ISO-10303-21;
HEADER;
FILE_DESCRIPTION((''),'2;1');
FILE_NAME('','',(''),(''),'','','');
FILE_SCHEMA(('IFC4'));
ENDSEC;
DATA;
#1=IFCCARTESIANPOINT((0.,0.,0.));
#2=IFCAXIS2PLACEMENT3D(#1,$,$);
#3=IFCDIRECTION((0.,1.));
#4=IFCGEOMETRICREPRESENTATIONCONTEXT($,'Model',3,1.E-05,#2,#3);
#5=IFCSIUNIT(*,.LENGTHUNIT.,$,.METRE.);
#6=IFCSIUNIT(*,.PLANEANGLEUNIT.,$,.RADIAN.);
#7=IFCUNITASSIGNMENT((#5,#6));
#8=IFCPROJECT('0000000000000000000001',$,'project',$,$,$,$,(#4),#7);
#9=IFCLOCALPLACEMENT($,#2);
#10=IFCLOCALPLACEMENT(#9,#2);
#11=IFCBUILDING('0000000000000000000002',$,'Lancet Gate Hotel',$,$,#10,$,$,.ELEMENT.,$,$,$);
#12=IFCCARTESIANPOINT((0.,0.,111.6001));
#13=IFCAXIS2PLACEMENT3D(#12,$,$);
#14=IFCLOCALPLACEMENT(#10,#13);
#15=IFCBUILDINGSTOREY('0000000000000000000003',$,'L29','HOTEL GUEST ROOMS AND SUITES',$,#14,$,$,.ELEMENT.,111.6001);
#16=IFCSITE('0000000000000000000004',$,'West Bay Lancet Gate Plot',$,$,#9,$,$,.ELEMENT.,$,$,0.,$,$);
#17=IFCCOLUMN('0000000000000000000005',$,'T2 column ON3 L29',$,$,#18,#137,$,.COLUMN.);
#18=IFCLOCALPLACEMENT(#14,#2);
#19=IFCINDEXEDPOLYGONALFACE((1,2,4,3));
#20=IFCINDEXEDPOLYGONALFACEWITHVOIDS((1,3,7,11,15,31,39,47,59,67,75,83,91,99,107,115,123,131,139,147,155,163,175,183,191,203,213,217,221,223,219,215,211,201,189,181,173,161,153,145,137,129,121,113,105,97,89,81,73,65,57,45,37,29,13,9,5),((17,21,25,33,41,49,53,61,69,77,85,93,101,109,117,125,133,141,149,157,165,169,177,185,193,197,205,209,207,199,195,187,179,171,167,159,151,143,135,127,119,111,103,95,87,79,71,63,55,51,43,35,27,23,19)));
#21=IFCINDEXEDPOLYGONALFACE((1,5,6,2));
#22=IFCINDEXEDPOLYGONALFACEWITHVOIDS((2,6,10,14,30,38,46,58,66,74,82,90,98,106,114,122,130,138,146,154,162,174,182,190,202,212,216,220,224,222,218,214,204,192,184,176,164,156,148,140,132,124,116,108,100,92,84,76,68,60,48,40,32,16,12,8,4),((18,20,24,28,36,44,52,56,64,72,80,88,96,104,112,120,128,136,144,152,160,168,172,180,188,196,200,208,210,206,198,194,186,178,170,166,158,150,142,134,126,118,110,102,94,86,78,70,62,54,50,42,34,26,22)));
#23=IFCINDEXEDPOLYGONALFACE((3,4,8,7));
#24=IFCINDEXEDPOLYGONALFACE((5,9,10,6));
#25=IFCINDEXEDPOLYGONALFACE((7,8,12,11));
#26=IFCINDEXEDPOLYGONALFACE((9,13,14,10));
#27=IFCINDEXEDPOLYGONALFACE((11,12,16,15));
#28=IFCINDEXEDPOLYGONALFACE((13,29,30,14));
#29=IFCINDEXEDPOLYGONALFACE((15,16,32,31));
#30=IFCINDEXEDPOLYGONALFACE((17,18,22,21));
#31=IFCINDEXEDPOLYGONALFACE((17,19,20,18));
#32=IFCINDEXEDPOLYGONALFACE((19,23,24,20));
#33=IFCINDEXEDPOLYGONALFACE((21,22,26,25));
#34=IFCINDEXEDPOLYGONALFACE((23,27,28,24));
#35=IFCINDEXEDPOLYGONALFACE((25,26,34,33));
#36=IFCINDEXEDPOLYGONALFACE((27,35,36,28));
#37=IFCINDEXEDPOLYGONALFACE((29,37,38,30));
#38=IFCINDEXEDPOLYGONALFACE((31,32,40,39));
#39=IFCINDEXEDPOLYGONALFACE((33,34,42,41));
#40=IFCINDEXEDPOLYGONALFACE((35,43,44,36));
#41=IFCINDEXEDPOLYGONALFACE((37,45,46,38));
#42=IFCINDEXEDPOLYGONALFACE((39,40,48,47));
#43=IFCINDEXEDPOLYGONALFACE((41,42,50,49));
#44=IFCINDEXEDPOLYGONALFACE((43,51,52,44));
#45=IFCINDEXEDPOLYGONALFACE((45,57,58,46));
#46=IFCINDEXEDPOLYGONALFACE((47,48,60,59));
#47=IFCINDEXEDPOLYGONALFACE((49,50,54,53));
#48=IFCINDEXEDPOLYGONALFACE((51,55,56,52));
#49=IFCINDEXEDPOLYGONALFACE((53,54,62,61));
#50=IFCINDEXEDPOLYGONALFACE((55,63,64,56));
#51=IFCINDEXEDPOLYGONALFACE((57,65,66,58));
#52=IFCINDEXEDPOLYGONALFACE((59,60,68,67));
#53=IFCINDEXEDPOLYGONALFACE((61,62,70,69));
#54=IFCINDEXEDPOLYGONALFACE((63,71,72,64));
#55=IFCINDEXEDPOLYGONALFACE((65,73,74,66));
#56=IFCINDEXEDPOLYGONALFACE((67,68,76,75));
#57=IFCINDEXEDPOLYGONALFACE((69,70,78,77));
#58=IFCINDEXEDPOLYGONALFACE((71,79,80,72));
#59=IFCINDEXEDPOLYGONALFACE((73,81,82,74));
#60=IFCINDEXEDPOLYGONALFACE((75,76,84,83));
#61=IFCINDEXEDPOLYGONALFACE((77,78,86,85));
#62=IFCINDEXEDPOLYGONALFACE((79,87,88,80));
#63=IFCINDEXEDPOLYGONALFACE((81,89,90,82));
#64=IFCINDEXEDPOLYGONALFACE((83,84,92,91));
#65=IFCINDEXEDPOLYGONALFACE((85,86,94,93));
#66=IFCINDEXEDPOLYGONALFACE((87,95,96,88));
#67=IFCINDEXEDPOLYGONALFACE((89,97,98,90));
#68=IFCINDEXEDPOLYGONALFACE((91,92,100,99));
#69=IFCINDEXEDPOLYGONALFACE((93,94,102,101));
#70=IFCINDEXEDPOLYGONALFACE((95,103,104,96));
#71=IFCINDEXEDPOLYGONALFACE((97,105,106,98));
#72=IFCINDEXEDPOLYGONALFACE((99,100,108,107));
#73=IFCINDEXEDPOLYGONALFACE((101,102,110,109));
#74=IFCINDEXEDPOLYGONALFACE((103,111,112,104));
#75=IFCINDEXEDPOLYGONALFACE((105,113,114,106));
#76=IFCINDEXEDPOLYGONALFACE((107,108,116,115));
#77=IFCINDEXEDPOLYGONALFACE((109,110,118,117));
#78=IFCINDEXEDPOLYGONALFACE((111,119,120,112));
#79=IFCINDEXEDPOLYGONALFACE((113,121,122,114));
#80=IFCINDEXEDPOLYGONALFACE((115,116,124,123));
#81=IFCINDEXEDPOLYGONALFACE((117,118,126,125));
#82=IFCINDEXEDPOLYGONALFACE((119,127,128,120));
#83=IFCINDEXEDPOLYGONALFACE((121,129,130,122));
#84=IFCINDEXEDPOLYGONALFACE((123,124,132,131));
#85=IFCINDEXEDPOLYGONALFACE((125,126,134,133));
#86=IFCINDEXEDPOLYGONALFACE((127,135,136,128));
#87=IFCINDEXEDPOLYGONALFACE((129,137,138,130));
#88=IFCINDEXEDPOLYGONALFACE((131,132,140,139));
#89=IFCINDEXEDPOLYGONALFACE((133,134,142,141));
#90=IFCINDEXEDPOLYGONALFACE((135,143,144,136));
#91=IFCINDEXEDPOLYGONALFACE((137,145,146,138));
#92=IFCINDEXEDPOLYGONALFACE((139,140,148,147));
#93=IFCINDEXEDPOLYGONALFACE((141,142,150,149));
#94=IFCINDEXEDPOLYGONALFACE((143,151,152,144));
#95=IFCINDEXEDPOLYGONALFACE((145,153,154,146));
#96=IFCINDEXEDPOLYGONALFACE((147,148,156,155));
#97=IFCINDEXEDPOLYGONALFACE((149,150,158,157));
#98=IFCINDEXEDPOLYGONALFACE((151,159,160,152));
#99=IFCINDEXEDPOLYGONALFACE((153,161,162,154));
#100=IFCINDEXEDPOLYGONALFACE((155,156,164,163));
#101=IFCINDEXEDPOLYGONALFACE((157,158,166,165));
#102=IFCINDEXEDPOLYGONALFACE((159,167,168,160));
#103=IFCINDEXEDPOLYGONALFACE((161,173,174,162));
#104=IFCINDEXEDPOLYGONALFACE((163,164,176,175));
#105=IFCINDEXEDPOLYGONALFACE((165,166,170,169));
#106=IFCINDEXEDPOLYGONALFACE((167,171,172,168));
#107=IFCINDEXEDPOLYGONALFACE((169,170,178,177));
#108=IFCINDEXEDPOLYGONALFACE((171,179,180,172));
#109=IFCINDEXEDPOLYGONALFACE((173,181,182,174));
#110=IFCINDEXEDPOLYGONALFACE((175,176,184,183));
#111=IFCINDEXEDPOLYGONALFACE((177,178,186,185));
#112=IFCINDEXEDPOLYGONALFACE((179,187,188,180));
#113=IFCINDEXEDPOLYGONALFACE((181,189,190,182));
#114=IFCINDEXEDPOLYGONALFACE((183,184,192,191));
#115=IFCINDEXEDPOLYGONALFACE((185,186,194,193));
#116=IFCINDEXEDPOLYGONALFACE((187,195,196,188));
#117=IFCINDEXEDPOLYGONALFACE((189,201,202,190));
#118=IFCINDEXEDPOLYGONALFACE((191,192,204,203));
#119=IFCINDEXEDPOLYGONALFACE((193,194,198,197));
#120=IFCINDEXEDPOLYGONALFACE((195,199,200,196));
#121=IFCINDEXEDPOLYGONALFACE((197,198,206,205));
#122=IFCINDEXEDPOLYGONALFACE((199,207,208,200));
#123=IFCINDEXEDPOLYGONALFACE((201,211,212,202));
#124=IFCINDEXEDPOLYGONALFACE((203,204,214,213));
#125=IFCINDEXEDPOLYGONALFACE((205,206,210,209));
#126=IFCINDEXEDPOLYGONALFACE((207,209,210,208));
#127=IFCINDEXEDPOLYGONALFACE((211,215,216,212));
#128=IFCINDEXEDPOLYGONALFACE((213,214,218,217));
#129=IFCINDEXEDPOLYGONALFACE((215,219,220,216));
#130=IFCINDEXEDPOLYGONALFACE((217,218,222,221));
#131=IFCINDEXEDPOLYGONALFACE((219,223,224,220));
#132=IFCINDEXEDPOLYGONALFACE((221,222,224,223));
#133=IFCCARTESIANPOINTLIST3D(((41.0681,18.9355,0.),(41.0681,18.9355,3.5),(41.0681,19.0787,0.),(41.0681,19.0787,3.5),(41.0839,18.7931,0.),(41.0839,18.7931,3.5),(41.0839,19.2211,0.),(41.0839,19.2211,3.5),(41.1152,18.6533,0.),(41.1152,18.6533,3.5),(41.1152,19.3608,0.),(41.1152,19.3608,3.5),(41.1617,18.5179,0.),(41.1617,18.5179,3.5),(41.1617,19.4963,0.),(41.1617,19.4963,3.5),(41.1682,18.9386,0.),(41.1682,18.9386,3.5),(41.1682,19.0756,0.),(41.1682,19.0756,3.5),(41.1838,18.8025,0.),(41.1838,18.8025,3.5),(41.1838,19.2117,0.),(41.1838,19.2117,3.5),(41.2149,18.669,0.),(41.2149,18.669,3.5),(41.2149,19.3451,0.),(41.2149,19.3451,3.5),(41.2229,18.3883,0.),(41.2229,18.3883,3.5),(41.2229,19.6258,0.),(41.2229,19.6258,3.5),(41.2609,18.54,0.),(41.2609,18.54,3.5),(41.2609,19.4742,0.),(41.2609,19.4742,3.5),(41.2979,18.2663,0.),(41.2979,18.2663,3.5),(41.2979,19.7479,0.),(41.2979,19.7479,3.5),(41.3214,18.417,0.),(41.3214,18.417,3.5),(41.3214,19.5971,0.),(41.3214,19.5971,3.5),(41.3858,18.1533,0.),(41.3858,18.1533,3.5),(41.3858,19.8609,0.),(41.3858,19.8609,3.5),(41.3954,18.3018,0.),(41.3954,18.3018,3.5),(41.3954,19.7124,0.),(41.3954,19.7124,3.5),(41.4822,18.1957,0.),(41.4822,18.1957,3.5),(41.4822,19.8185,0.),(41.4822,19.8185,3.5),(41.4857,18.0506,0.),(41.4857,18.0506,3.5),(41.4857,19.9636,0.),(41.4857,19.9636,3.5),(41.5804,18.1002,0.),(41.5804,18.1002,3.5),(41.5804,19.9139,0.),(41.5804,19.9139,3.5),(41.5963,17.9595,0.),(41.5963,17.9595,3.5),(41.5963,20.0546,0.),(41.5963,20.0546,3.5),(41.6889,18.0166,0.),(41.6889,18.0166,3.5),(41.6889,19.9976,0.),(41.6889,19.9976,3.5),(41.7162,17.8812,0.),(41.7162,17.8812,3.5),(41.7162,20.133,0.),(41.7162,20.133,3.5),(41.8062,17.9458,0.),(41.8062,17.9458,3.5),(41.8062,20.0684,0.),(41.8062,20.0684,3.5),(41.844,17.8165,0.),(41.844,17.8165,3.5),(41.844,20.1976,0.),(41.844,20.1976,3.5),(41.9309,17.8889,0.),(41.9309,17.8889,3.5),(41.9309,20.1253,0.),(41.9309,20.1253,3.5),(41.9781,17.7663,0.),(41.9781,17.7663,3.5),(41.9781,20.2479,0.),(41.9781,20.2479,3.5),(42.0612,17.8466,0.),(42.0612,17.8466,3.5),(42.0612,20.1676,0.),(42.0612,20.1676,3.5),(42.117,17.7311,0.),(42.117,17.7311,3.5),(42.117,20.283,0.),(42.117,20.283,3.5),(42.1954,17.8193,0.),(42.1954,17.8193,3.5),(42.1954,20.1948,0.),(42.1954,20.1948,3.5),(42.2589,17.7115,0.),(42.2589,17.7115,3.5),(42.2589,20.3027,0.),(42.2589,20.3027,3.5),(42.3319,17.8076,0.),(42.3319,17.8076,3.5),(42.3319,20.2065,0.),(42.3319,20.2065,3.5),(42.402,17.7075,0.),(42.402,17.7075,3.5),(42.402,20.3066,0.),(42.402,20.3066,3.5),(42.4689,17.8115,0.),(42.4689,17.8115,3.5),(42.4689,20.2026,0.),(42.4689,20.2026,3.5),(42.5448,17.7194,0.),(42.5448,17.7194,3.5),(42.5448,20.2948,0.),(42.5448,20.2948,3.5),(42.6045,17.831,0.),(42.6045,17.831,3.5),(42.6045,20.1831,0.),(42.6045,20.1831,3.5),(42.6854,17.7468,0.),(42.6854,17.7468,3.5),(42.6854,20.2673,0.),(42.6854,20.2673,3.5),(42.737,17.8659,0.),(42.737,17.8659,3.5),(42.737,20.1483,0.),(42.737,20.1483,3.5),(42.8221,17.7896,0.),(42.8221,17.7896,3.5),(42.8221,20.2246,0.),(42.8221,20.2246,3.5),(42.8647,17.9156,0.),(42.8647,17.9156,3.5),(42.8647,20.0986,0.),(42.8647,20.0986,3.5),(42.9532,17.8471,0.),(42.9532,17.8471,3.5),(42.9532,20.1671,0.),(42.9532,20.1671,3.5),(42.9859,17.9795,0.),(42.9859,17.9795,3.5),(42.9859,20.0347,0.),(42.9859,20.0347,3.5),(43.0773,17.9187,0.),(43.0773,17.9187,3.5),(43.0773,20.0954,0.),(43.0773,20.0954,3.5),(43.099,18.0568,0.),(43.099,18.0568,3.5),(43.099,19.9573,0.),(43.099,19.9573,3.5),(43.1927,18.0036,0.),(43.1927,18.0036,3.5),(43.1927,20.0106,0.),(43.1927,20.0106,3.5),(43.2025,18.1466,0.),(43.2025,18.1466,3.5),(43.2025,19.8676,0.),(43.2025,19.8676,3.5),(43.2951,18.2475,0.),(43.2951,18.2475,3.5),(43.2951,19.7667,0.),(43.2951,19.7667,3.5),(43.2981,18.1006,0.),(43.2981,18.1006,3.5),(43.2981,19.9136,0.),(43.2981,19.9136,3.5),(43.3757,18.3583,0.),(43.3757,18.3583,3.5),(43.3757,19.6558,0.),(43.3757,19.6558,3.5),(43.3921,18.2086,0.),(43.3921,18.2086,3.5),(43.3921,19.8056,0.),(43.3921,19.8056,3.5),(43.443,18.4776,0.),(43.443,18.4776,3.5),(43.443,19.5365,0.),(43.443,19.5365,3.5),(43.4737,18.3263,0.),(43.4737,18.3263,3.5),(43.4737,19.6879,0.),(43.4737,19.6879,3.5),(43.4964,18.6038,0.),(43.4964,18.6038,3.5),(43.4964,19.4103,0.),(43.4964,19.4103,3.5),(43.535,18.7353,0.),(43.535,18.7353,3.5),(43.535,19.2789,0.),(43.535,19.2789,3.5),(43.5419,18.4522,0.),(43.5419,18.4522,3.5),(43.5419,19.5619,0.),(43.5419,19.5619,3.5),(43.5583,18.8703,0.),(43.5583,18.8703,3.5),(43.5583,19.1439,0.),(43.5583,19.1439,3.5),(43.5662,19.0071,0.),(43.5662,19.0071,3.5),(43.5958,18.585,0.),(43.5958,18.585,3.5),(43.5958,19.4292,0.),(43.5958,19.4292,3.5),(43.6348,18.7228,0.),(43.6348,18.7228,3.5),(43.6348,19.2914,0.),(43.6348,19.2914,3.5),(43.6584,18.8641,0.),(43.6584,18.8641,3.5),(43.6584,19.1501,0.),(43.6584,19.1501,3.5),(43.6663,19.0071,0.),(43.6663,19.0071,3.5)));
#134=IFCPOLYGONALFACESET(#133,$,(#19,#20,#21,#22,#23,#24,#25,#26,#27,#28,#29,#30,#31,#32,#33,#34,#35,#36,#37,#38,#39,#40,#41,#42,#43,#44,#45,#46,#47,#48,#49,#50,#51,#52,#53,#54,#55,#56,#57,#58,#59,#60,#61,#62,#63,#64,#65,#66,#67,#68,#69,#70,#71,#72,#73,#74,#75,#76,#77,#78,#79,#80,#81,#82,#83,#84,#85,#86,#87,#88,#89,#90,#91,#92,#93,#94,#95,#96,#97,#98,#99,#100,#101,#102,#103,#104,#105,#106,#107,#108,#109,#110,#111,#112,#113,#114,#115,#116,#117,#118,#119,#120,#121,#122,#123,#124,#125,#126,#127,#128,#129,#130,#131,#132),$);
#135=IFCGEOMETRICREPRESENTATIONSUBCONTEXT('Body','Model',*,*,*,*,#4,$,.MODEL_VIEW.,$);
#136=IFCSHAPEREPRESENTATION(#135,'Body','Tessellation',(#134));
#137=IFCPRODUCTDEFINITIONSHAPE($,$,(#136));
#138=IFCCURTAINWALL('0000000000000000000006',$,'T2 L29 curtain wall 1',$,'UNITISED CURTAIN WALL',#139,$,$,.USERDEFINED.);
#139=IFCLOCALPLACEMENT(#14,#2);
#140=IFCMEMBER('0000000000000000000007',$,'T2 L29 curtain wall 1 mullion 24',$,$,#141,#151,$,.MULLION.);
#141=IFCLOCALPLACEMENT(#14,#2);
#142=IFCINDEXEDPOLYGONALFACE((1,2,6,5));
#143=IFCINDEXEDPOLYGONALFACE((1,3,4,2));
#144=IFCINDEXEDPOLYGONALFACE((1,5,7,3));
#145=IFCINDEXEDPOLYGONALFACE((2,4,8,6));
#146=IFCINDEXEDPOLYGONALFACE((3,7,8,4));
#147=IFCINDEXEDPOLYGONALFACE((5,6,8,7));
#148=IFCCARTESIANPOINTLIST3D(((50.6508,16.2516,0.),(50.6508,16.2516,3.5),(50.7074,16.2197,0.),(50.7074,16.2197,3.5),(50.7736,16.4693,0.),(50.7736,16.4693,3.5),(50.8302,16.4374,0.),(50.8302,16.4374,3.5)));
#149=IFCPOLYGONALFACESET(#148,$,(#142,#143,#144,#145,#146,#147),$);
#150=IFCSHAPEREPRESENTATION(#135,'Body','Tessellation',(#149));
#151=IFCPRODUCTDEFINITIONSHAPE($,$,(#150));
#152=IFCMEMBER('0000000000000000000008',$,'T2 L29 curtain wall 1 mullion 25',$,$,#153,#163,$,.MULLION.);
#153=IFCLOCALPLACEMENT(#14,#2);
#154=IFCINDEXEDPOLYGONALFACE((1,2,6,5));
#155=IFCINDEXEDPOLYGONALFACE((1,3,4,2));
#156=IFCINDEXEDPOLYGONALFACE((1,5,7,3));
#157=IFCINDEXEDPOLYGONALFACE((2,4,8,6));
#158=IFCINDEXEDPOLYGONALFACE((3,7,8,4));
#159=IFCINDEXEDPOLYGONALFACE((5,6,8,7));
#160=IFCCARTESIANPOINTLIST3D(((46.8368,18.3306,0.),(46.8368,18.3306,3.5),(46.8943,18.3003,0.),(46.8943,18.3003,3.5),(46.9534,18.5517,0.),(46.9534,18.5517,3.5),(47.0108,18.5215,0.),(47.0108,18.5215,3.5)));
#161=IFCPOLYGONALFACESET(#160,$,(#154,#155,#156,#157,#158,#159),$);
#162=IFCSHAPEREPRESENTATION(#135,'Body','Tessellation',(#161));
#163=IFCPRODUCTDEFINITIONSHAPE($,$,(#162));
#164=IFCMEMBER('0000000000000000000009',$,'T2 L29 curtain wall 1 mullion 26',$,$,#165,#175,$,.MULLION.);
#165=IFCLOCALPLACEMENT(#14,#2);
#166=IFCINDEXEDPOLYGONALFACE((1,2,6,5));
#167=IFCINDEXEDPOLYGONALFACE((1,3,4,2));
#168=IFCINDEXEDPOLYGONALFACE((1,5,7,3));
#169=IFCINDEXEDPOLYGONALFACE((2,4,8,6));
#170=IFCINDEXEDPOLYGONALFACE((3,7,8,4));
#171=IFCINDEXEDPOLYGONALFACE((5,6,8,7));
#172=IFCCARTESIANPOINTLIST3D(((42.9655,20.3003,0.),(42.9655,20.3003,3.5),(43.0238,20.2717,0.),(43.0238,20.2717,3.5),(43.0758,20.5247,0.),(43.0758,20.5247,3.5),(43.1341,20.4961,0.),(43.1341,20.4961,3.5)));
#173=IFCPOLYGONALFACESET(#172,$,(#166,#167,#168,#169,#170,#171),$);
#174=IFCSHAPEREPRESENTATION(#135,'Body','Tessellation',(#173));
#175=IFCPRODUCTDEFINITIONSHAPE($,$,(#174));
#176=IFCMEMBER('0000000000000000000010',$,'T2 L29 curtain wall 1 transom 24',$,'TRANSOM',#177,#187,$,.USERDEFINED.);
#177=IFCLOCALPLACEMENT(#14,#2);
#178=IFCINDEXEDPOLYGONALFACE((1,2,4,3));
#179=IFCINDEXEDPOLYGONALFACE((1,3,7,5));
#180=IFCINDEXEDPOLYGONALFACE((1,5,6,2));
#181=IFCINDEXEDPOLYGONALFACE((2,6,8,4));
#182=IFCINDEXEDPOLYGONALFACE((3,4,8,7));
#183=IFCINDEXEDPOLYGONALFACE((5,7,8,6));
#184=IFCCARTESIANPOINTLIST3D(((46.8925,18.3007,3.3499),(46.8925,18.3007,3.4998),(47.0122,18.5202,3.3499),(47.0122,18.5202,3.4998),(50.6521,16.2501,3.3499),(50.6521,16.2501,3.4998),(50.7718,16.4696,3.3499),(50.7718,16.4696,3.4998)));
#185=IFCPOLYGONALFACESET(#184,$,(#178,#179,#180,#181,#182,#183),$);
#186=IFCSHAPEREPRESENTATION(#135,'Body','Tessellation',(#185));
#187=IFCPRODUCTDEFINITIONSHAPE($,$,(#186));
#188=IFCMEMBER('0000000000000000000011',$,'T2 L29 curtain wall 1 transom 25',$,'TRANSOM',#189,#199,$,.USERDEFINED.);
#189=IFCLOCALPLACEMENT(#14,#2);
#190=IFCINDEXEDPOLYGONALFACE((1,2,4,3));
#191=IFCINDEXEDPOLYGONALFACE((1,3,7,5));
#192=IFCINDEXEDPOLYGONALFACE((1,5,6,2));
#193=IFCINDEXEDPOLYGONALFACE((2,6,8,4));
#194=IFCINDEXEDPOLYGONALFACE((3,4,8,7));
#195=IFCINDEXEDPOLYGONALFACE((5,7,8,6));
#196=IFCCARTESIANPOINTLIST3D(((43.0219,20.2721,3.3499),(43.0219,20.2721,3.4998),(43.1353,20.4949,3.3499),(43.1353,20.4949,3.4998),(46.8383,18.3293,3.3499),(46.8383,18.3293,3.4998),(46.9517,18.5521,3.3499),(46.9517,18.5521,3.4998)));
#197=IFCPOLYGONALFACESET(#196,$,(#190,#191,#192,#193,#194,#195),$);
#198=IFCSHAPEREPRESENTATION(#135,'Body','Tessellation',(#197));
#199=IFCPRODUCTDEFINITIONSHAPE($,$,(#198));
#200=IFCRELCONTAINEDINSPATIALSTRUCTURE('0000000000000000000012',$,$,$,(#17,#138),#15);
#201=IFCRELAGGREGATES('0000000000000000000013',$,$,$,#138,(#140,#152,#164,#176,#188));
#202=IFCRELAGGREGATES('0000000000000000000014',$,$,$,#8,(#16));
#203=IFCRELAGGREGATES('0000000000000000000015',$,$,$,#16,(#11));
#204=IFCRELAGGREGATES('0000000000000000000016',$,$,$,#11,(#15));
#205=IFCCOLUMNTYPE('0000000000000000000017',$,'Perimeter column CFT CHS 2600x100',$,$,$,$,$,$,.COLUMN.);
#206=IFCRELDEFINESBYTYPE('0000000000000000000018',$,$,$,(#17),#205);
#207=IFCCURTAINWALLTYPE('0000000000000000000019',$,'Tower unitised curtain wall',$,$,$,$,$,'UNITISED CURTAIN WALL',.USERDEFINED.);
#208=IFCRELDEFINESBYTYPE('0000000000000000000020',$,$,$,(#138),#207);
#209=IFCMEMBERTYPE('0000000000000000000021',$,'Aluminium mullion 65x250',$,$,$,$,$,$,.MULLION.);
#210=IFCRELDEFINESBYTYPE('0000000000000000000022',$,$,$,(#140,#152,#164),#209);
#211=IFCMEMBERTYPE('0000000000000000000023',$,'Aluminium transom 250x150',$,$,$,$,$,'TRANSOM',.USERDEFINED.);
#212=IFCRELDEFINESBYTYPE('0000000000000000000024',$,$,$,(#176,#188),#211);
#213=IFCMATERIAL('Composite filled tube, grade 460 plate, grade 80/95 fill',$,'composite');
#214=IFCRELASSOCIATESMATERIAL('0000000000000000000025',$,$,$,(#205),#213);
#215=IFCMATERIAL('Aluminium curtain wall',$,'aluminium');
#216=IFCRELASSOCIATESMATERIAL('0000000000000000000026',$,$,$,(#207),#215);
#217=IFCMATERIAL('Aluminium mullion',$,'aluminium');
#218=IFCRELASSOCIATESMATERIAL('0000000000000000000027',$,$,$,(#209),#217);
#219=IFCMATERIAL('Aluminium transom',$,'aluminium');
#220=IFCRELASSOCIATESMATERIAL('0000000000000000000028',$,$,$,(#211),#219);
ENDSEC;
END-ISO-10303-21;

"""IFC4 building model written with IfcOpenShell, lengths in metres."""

from ifc_helpers import new_model, si_unit, direction, frame, origin, origin_2d, place, context, subcontext, project, spatial, rectangle, hollow_circle, extrude, material, material_profile, profile_set, type_object, element, aggregate, save


model = new_model("IFC4")

# Units and contexts
model_context = context("Model", 3, precision=1e-05, world=origin(), true_north=direction((0.0, 1.0)))
body_context = subcontext(model_context, "Body", "Model", "MODEL_VIEW")
ifc_project = project(units=[si_unit("LENGTHUNIT", "METRE"), si_unit("PLANEANGLEUNIT", "RADIAN")], contexts=[model_context])

# Site, building, storey
site_placement = place(None, origin())
site = spatial("IfcSite", under=ifc_project, at=site_placement, Name="West Bay Lancet Gate Plot", CompositionType="ELEMENT", RefElevation=0.0)
building_placement = place(site_placement, origin())
building = spatial("IfcBuilding", under=site, at=building_placement, Name="Lancet Gate Hotel", CompositionType="ELEMENT")
storey_placement = place(building_placement, frame((0.0, 0.0, 111.6001)))
storey = spatial("IfcBuildingStorey", under=building, at=storey_placement, Name="L29", Description="HOTEL GUEST ROOMS AND SUITES", CompositionType="ELEMENT", Elevation=111.6001)

# Column
ifc_material_1 = material(Name="Composite filled tube, grade 460 plate, grade 80/95 fill", Category="composite")
ifc_material_profile_1 = material_profile(ifc_material_1, hollow_circle(Radius=1.3, WallThickness=0.1001, at=origin_2d()), Name="CHS 2600x100")
ifc_profile_set_1 = profile_set([ifc_material_profile_1], Name="Composite filled tube, grade 460 plate, grade 80/95 fill")
column_type = type_object("IfcColumnType", Name="Perimeter column CFT CHS 2600x100", PredefinedType="COLUMN", material=ifc_profile_set_1)
column_placement = place(storey_placement, frame((42.3662, 19.0071, 0.0), z_axis=(0.0, 0.0, 1.0), x_axis=(1.0, 0.0, 0.0)))
element("IfcColumn", 1, at=column_placement, inside=storey, type_object=column_type, Name="T2 column ON3 L29", PredefinedType="COLUMN", context=body_context, shape_type="SweptSolid", body=[
    extrude(hollow_circle(Radius=1.3, WallThickness=0.1001, at=origin_2d()), origin(), (0.0, 0.0, 1.0), 3.5),
])

# Curtain wall, members
ifc_material_2 = material(Name="Aluminium curtain wall", Category="aluminium")
curtain_wall_type = type_object("IfcCurtainWallType", Name="Tower unitised curtain wall", ElementType="UNITISED CURTAIN WALL", PredefinedType="USERDEFINED", material=ifc_material_2)
curtain_wall_placement = place(storey_placement, origin())
curtain_wall = element("IfcCurtainWall", 2, at=curtain_wall_placement, inside=storey, type_object=curtain_wall_type, Name="T2 L29 curtain wall 1", ObjectType="UNITISED CURTAIN WALL", PredefinedType="USERDEFINED")
ifc_material_3 = material(Name="Aluminium mullion", Category="aluminium")
ifc_material_profile_2 = material_profile(ifc_material_3, rectangle(XDim=0.0649, YDim=0.25, at=origin_2d()), Name="MULLION 65x250")
ifc_profile_set_2 = profile_set([ifc_material_profile_2], Name="Aluminium mullion")
member_type_1 = type_object("IfcMemberType", Name="Aluminium mullion 65x250", PredefinedType="MULLION", material=ifc_profile_set_2)
member_1_placement = place(storey_placement, frame((50.7405, 16.3445, 0.0), z_axis=(0.0, 0.0, 1.0), x_axis=(-0.871029, 0.491232, 0.0)))
member_1 = element("IfcMember", 3, at=member_1_placement, type_object=member_type_1, Name="T2 L29 curtain wall 1 mullion 24", PredefinedType="MULLION", context=body_context, shape_type="SweptSolid", body=[
    extrude(rectangle(XDim=0.0649, YDim=0.25, at=origin_2d()), origin(), (0.0, 0.0, 1.0), 3.5),
])
member_2_placement = place(storey_placement, frame((46.9238, 18.426, 0.0), z_axis=(0.0, 0.0, 1.0), x_axis=(-0.884627, 0.466299, 0.0)))
member_2 = element("IfcMember", 4, at=member_2_placement, type_object=member_type_1, Name="T2 L29 curtain wall 1 mullion 25", PredefinedType="MULLION", context=body_context, shape_type="SweptSolid", body=[
    extrude(rectangle(XDim=0.0649, YDim=0.25, at=origin_2d()), origin(), (0.0, 0.0, 1.0), 3.5),
])
member_3_placement = place(storey_placement, frame((43.0498, 20.3982, 0.0), z_axis=(0.0, 0.0, 1.0), x_axis=(-0.897512, 0.44099, 0.0)))
member_3 = element("IfcMember", 5, at=member_3_placement, type_object=member_type_1, Name="T2 L29 curtain wall 1 mullion 26", PredefinedType="MULLION", context=body_context, shape_type="SweptSolid", body=[
    extrude(rectangle(XDim=0.0649, YDim=0.25, at=origin_2d()), origin(), (0.0, 0.0, 1.0), 3.5),
])
ifc_material_4 = material(Name="Aluminium transom", Category="aluminium")
ifc_material_profile_3 = material_profile(ifc_material_4, rectangle(XDim=0.25, YDim=0.1499, at=origin_2d()), Name="TRANSOM 250x150")
ifc_profile_set_3 = profile_set([ifc_material_profile_3], Name="Aluminium transom")
member_type_2 = type_object("IfcMemberType", Name="Aluminium transom 250x150", ElementType="TRANSOM", PredefinedType="USERDEFINED", material=ifc_profile_set_3)
member_4_placement = place(storey_placement, frame((50.7119, 16.3599, 3.4248), z_axis=(-0.877906, 0.478832, 0.0), x_axis=(-0.478832, -0.877906, 0.0)))
member_4 = element("IfcMember", 6, at=member_4_placement, type_object=member_type_2, Name="T2 L29 curtain wall 1 transom 24", ObjectType="TRANSOM", PredefinedType="USERDEFINED", context=body_context, shape_type="SweptSolid", body=[
    extrude(rectangle(XDim=0.25, YDim=0.1499, at=origin_2d()), origin(), (0.0, 0.0, 1.0), 4.2825),
])
member_5_placement = place(storey_placement, frame((46.895, 18.4407, 3.4248), z_axis=(-0.891166, 0.453678, 0.0), x_axis=(-0.453678, -0.891166, 0.0)))
member_5 = element("IfcMember", 7, at=member_5_placement, type_object=member_type_2, Name="T2 L29 curtain wall 1 transom 25", ObjectType="TRANSOM", PredefinedType="USERDEFINED", context=body_context, shape_type="SweptSolid", body=[
    extrude(rectangle(XDim=0.25, YDim=0.1499, at=origin_2d()), origin(), (0.0, 0.0, 1.0), 4.2825),
])

aggregate(curtain_wall, [member_1, member_2, member_3, member_4, member_5])

save(model, "model.ifc")
